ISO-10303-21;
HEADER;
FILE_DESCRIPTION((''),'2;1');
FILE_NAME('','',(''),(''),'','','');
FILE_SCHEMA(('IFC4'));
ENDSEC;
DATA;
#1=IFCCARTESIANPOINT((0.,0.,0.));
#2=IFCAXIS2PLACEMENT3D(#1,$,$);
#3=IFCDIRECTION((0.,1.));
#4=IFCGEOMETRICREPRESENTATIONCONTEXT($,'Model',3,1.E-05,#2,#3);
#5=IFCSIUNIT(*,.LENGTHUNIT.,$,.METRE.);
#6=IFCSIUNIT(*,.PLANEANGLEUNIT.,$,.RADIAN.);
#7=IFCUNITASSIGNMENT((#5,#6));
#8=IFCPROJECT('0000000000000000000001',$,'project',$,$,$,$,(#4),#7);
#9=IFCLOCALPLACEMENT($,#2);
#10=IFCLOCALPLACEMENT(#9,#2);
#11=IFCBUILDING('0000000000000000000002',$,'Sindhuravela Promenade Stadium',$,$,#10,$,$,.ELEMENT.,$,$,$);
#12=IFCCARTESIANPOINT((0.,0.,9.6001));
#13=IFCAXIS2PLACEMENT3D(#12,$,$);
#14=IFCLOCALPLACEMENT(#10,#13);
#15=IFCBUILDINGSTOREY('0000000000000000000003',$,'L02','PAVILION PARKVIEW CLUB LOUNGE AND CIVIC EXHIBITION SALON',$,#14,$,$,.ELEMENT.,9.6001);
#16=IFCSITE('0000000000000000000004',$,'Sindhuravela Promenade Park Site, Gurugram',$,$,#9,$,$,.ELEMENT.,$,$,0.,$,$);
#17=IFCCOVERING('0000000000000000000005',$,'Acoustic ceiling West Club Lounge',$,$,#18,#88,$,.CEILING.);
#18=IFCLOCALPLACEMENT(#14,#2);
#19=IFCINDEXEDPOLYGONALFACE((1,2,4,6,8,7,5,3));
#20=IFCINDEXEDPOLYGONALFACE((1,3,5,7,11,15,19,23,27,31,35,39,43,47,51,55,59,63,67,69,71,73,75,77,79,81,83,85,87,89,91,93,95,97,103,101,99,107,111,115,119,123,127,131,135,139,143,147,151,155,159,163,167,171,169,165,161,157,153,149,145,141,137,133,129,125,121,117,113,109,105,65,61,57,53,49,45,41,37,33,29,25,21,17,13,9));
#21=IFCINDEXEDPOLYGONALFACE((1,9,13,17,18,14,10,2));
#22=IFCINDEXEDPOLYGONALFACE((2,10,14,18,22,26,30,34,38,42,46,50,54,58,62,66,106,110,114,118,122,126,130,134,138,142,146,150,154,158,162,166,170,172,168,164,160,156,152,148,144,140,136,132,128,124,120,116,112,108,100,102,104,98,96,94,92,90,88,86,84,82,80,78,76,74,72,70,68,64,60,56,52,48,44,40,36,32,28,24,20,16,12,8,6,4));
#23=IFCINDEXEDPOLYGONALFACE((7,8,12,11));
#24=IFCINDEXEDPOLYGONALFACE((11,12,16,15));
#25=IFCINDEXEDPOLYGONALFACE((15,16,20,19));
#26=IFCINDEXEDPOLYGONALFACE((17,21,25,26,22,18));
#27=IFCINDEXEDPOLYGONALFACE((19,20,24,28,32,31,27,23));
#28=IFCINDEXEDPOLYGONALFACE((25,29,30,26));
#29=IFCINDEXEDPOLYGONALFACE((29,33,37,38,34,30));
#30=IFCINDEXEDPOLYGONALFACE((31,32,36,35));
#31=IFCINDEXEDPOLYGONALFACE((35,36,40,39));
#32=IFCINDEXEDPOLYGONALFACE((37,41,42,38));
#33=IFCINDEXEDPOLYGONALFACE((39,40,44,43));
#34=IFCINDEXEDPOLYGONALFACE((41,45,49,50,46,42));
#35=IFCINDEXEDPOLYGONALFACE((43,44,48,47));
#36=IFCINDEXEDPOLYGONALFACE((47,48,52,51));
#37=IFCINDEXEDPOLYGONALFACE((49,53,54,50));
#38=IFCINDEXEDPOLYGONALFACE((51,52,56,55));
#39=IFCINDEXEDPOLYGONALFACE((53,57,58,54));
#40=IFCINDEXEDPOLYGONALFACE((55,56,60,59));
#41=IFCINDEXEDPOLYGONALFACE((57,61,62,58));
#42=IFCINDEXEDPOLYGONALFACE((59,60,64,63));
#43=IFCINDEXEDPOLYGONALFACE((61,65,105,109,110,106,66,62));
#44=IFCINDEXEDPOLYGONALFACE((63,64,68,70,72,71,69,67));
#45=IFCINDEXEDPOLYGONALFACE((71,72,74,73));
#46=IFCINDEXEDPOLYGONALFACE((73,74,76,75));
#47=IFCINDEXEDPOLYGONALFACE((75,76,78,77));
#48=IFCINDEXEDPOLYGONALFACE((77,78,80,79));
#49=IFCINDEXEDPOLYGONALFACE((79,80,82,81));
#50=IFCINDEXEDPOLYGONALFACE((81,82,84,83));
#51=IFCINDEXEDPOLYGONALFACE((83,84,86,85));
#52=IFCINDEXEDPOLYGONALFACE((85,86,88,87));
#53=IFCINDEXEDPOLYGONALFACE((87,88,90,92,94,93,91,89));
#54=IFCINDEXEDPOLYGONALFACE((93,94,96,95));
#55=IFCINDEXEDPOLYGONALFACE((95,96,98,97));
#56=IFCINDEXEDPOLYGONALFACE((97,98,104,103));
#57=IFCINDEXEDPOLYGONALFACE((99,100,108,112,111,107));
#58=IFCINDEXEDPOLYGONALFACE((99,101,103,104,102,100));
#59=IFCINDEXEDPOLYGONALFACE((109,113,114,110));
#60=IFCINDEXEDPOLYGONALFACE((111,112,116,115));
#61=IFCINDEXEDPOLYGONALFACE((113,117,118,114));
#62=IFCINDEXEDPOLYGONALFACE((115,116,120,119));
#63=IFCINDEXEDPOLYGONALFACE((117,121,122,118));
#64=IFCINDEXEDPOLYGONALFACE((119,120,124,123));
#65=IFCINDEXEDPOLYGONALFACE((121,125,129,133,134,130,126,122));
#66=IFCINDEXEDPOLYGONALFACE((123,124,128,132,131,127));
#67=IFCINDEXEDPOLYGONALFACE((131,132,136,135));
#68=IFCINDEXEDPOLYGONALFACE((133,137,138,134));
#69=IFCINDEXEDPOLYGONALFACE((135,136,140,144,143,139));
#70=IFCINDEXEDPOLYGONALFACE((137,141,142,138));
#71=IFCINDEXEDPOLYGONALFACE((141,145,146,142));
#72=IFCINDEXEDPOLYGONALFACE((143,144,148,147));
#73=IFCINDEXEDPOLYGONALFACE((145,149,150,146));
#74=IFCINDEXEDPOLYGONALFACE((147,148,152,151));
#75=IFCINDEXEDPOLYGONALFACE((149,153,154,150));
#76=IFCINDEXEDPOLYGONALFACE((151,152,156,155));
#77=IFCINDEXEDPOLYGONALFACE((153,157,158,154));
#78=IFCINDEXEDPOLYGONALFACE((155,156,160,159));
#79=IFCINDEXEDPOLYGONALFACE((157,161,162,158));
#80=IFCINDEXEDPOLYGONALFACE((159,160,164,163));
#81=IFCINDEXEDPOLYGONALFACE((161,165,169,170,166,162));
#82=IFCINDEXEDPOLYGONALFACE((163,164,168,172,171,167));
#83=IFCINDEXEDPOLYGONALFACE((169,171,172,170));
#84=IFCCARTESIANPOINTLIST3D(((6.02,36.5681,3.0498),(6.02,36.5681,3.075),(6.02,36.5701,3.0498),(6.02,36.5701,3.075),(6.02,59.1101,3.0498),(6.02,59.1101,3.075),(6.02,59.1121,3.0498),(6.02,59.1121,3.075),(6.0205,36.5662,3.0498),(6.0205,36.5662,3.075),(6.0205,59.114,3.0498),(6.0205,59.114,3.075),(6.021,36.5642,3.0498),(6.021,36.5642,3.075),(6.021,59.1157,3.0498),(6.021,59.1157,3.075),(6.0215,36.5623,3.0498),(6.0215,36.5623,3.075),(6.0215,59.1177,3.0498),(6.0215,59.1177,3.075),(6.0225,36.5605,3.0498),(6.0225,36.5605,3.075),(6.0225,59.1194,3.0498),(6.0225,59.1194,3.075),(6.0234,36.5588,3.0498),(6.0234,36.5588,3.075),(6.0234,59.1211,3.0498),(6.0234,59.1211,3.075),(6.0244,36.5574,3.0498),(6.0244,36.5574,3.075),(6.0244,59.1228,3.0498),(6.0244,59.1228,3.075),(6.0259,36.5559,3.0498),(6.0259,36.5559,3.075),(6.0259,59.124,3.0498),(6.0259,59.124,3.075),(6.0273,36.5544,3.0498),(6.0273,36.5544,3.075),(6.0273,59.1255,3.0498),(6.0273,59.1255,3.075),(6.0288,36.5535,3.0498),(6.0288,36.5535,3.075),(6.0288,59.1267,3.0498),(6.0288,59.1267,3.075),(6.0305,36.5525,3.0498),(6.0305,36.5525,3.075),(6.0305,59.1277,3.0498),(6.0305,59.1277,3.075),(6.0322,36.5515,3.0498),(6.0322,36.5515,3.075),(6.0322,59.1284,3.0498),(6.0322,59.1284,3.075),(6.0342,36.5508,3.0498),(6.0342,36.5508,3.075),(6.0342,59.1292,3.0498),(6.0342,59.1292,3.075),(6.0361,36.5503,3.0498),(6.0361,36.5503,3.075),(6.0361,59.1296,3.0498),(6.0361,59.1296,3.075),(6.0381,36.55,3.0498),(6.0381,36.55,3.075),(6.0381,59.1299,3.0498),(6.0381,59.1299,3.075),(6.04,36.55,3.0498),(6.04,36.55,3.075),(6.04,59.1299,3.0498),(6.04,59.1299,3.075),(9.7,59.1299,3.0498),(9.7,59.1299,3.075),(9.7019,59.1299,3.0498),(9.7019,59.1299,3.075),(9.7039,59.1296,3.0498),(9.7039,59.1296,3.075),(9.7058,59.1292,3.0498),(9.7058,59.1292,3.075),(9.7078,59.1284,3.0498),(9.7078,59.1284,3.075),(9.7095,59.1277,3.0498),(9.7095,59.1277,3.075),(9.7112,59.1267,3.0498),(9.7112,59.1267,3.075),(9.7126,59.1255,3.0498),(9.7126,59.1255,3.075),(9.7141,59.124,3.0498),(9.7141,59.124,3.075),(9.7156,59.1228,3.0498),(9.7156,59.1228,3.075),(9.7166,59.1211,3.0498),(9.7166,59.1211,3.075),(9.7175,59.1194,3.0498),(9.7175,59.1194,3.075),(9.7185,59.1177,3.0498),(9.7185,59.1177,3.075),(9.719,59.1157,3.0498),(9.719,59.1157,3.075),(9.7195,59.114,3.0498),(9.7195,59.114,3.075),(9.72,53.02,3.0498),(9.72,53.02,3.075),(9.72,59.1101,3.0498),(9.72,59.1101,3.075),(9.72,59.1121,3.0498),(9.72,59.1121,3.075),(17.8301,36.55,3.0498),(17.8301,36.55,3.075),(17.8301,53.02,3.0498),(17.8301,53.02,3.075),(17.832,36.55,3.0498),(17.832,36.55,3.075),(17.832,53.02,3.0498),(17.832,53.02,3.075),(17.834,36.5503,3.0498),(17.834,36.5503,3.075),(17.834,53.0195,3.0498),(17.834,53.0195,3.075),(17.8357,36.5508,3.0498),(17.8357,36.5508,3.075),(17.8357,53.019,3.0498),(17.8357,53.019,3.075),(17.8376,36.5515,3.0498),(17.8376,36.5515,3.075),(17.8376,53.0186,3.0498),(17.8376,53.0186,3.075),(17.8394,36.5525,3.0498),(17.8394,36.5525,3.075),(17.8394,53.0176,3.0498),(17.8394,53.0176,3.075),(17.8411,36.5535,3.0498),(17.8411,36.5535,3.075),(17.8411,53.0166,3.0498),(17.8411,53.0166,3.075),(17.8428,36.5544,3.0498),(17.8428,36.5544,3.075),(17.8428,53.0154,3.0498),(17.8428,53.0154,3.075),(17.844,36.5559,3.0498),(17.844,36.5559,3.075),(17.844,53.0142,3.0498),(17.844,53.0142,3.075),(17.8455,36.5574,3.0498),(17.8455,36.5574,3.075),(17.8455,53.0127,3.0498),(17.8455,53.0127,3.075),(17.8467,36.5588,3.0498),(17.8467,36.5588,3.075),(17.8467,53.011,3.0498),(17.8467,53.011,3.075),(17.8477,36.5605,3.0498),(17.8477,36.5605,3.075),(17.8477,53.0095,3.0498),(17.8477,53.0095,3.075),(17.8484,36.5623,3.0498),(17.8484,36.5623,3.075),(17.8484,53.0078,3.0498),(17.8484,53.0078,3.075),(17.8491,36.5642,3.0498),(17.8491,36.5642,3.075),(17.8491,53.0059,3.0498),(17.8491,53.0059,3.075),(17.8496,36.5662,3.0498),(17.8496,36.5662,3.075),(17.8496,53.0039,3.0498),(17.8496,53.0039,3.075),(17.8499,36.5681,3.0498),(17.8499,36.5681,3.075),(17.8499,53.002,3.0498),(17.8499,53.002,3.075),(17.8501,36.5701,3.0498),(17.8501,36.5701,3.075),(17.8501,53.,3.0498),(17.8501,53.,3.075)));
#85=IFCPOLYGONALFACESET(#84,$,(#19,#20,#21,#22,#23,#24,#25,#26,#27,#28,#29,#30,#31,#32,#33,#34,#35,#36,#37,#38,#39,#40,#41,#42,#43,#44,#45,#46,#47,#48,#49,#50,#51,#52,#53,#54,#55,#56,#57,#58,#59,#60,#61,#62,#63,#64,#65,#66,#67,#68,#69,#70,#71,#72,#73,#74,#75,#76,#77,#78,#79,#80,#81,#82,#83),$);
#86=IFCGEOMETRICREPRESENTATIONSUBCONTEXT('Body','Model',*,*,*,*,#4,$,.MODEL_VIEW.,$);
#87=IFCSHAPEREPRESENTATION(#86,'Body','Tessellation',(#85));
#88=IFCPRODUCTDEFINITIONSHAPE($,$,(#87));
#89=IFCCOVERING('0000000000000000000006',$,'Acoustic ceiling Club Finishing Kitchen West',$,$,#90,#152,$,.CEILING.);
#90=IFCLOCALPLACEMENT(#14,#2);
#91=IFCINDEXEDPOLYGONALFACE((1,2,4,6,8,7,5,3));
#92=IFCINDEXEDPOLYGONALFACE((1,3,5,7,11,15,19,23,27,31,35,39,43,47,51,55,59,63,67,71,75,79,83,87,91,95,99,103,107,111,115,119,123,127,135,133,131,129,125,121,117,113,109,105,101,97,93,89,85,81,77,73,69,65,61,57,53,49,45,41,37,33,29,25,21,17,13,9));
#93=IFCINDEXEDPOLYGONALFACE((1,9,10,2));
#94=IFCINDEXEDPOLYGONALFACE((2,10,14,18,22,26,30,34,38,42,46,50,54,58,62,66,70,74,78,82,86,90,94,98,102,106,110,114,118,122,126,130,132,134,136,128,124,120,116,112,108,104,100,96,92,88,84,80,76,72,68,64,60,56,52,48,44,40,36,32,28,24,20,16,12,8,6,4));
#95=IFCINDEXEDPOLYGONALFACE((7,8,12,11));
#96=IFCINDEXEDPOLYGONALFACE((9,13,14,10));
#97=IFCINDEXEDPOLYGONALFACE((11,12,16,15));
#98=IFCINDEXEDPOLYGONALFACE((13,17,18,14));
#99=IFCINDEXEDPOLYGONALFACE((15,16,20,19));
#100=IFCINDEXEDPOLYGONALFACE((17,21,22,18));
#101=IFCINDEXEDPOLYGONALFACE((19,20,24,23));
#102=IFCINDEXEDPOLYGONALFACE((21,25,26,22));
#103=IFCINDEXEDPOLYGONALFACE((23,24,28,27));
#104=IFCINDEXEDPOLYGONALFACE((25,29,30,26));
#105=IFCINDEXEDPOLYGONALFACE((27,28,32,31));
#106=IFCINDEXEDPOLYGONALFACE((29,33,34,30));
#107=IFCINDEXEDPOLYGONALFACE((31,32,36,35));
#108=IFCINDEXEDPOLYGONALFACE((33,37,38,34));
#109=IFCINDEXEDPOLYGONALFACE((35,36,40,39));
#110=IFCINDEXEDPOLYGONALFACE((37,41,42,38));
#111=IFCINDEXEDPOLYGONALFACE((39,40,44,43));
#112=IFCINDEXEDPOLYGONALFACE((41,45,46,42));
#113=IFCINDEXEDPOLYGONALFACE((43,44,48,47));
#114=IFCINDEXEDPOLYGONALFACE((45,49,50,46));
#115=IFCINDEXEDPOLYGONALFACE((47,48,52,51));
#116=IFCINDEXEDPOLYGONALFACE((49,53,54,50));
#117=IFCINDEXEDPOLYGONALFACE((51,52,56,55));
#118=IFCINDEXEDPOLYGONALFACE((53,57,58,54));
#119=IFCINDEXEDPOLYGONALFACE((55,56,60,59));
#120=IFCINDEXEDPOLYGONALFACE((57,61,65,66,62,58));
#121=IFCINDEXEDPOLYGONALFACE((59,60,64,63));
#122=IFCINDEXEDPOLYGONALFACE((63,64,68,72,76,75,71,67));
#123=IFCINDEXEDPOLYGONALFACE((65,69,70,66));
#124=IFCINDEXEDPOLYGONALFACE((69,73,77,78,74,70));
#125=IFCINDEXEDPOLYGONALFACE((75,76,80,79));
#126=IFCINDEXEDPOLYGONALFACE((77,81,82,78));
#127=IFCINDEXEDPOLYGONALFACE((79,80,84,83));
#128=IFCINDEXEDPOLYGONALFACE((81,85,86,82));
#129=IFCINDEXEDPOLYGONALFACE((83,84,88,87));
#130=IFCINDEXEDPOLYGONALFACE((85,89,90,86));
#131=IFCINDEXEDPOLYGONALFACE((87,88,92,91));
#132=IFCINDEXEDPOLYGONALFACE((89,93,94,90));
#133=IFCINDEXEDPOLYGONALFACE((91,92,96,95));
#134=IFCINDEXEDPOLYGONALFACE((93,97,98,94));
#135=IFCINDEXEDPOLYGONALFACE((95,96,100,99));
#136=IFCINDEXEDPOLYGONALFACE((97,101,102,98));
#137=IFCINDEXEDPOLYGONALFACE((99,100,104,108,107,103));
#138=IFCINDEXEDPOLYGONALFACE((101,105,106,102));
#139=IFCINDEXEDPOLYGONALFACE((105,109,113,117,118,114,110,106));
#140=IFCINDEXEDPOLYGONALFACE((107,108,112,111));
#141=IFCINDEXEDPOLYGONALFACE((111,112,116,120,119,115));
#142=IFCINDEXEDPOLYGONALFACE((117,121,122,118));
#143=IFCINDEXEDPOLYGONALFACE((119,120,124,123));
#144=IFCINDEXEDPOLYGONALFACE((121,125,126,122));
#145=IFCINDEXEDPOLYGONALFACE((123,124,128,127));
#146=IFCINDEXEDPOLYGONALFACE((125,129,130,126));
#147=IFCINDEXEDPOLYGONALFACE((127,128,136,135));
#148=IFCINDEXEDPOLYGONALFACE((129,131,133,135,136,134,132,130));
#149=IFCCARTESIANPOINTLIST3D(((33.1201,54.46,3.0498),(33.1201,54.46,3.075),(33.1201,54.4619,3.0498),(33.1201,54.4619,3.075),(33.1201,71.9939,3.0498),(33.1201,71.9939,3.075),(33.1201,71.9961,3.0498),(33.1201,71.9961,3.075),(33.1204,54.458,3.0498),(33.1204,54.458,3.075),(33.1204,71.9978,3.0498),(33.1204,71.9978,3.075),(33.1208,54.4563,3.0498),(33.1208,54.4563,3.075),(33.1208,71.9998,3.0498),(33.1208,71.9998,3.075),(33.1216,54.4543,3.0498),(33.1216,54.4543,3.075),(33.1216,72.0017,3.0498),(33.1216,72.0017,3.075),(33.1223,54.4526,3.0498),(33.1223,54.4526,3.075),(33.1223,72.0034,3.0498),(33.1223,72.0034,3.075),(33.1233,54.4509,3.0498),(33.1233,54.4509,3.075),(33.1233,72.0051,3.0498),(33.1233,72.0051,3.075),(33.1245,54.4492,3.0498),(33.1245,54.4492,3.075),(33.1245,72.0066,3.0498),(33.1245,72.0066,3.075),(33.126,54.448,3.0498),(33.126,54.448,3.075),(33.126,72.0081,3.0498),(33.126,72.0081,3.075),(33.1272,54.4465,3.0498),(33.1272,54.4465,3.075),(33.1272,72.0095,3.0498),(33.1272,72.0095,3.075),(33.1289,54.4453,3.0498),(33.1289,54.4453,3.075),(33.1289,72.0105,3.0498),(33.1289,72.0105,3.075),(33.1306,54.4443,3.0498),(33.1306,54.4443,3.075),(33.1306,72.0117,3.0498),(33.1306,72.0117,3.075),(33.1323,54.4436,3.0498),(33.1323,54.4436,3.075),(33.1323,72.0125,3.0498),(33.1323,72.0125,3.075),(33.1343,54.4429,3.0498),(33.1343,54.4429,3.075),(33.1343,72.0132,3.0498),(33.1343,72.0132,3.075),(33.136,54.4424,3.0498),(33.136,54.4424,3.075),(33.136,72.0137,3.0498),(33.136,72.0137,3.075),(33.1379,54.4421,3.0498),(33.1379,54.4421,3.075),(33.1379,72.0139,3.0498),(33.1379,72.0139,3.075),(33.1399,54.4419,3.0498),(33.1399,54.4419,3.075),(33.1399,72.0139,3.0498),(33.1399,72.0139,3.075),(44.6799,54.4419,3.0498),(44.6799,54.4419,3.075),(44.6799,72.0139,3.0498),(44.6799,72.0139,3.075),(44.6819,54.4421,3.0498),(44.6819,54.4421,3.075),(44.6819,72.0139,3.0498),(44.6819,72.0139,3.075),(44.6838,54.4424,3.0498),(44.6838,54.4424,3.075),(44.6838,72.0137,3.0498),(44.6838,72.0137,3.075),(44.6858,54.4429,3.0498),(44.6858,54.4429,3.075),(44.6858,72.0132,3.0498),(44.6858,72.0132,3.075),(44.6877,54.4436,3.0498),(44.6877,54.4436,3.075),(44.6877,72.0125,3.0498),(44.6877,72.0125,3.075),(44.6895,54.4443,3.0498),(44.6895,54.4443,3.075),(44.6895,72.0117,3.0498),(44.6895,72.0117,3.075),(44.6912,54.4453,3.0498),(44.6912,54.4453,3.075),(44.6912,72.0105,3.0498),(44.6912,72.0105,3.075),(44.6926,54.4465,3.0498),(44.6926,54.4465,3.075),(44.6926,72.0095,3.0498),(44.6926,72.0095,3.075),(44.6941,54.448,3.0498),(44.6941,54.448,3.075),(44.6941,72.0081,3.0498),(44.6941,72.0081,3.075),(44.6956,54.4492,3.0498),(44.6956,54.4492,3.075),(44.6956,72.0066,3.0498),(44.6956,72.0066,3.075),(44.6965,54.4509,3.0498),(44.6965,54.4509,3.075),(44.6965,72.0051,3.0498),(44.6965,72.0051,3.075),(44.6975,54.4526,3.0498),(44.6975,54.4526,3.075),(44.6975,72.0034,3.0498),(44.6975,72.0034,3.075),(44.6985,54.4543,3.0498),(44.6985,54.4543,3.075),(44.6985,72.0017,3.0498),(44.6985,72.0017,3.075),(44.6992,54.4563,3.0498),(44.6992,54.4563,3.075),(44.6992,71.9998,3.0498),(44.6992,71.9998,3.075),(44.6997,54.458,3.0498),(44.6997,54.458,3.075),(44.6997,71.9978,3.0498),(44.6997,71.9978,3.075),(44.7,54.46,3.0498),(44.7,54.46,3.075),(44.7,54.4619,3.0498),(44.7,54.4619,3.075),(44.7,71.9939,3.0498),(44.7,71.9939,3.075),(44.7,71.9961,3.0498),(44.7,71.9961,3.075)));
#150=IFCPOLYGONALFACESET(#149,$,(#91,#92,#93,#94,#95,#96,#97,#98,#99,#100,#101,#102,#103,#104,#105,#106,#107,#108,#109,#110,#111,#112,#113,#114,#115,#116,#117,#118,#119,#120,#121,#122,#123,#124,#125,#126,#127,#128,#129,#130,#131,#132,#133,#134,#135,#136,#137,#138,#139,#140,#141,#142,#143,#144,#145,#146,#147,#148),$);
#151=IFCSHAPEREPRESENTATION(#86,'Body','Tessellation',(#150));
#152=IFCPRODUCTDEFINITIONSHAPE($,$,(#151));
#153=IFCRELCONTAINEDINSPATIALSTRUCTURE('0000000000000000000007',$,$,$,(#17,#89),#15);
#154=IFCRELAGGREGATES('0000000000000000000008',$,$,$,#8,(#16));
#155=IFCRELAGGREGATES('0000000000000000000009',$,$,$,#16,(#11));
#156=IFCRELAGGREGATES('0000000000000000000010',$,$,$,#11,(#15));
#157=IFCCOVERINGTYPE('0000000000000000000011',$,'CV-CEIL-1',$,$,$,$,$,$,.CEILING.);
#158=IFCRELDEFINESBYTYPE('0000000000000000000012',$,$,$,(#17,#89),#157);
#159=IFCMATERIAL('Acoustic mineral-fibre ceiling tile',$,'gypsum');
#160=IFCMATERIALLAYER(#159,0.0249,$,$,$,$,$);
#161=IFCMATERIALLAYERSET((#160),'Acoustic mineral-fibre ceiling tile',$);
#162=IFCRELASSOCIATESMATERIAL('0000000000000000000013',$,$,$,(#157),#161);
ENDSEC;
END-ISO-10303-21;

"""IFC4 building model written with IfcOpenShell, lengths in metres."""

from ifc_helpers import new_model, si_unit, direction, frame, origin, place, context, subcontext, project, spatial, polyline, outline, extrude, material, layer, layer_set, type_object, element, save


model = new_model("IFC4")

# Units and contexts
model_context = context("Model", 3, precision=1e-05, world=origin(), true_north=direction((0.0, 1.0)))
body_context = subcontext(model_context, "Body", "Model", "MODEL_VIEW")
ifc_project = project(units=[si_unit("LENGTHUNIT", "METRE"), si_unit("PLANEANGLEUNIT", "RADIAN")], contexts=[model_context])

# Site, building, storey
site_placement = place(None, origin())
site = spatial("IfcSite", under=ifc_project, at=site_placement, Name="Sindhuravela Promenade Park Site, Gurugram", CompositionType="ELEMENT", RefElevation=0.0)
building_placement = place(site_placement, origin())
building = spatial("IfcBuilding", under=site, at=building_placement, Name="Sindhuravela Promenade Stadium", CompositionType="ELEMENT")
storey_placement = place(building_placement, frame((0.0, 0.0, 9.6001)))
storey = spatial("IfcBuildingStorey", under=building, at=storey_placement, Name="L02", Description="PAVILION PARKVIEW CLUB LOUNGE AND CIVIC EXHIBITION SALON", CompositionType="ELEMENT", Elevation=9.6001)

# Coverings
ifc_material_1 = material(Name="Acoustic mineral-fibre ceiling tile", Category="gypsum")
ifc_layer_1 = layer(ifc_material_1, 0.0249)
ifc_layer_set_1 = layer_set([ifc_layer_1], Name="Acoustic mineral-fibre ceiling tile")
covering_type_1 = type_object("IfcCoveringType", Name="CV-CEIL-1", PredefinedType="CEILING", material=ifc_layer_set_1)
covering_1_placement = place(storey_placement, frame((0.0, 0.0, 3.0498)))
element("IfcCovering", 1, at=covering_1_placement, inside=storey, type_object=covering_type_1, Name="Acoustic ceiling West Club Lounge", PredefinedType="CEILING", context=body_context, shape_type="SweptSolid", body=[
    extrude(outline(polyline([(6.02, 59.1101), (6.02, 59.1121), (6.0205, 59.114), (6.021, 59.1157), (6.0215, 59.1177), (6.0225, 59.1194), (6.0234, 59.1211), (6.0244, 59.1228), (6.0259, 59.124), (6.0273, 59.1255), (6.0288, 59.1267), (6.0305, 59.1277), (6.0322, 59.1284), (6.0342, 59.1292), (6.0361, 59.1296), (6.0381, 59.1299), (6.04, 59.1299), (9.7, 59.1299), (9.7019, 59.1299), (9.7039, 59.1296), (9.7058, 59.1292), (9.7078, 59.1284), (9.7095, 59.1277), (9.7112, 59.1267), (9.7126, 59.1255), (9.7141, 59.124), (9.7156, 59.1228), (9.7166, 59.1211), (9.7175, 59.1194), (9.7185, 59.1177), (9.719, 59.1157), (9.7195, 59.114), (9.72, 59.1121), (9.72, 59.1101), (9.72, 53.02), (17.8301, 53.02), (17.832, 53.02), (17.834, 53.0195), (17.8357, 53.019), (17.8376, 53.0186), (17.8394, 53.0176), (17.8411, 53.0166), (17.8428, 53.0154), (17.844, 53.0142), (17.8455, 53.0127), (17.8467, 53.011), (17.8477, 53.0095), (17.8484, 53.0078), (17.8491, 53.0059), (17.8496, 53.0039), (17.8499, 53.002), (17.8501, 53.0), (17.8501, 36.5701), (17.8499, 36.5681), (17.8496, 36.5662), (17.8491, 36.5642), (17.8484, 36.5623), (17.8477, 36.5605), (17.8467, 36.5588), (17.8455, 36.5574), (17.844, 36.5559), (17.8428, 36.5544), (17.8411, 36.5535), (17.8394, 36.5525), (17.8376, 36.5515), (17.8357, 36.5508), (17.834, 36.5503), (17.832, 36.55), (17.8301, 36.55), (6.04, 36.55), (6.0381, 36.55), (6.0361, 36.5503), (6.0342, 36.5508), (6.0322, 36.5515), (6.0305, 36.5525), (6.0288, 36.5535), (6.0273, 36.5544), (6.0259, 36.5559), (6.0244, 36.5574), (6.0234, 36.5588), (6.0225, 36.5605), (6.0215, 36.5623), (6.021, 36.5642), (6.0205, 36.5662), (6.02, 36.5681), (6.02, 36.5701), (6.02, 59.1101)])), origin(), (0.0, 0.0, 1.0), 0.0251),
])
covering_2_placement = place(storey_placement, frame((0.0, 0.0, 3.0498)))
element("IfcCovering", 2, at=covering_2_placement, inside=storey, type_object=covering_type_1, Name="Acoustic ceiling Club Finishing Kitchen West", PredefinedType="CEILING", context=body_context, shape_type="SweptSolid", body=[
    extrude(outline(polyline([(44.7, 54.4619), (44.7, 54.46), (44.6997, 54.458), (44.6992, 54.4563), (44.6985, 54.4543), (44.6975, 54.4526), (44.6965, 54.4509), (44.6956, 54.4492), (44.6941, 54.448), (44.6926, 54.4465), (44.6912, 54.4453), (44.6895, 54.4443), (44.6877, 54.4436), (44.6858, 54.4429), (44.6838, 54.4424), (44.6819, 54.4421), (44.6799, 54.4419), (33.1399, 54.4419), (33.1379, 54.4421), (33.136, 54.4424), (33.1343, 54.4429), (33.1323, 54.4436), (33.1306, 54.4443), (33.1289, 54.4453), (33.1272, 54.4465), (33.126, 54.448), (33.1245, 54.4492), (33.1233, 54.4509), (33.1223, 54.4526), (33.1216, 54.4543), (33.1208, 54.4563), (33.1204, 54.458), (33.1201, 54.46), (33.1201, 54.4619), (33.1201, 71.9939), (33.1201, 71.9961), (33.1204, 71.9978), (33.1208, 71.9998), (33.1216, 72.0017), (33.1223, 72.0034), (33.1233, 72.0051), (33.1245, 72.0066), (33.126, 72.0081), (33.1272, 72.0095), (33.1289, 72.0105), (33.1306, 72.0117), (33.1323, 72.0125), (33.1343, 72.0132), (33.136, 72.0137), (33.1379, 72.0139), (33.1399, 72.0139), (44.6799, 72.0139), (44.6819, 72.0139), (44.6838, 72.0137), (44.6858, 72.0132), (44.6877, 72.0125), (44.6895, 72.0117), (44.6912, 72.0105), (44.6926, 72.0095), (44.6941, 72.0081), (44.6956, 72.0066), (44.6965, 72.0051), (44.6975, 72.0034), (44.6985, 72.0017), (44.6992, 71.9998), (44.6997, 71.9978), (44.7, 71.9961), (44.7, 71.9939), (44.7, 54.4619)])), origin(), (0.0, 0.0, 1.0), 0.0251),
])

save(model, "model.ifc")
